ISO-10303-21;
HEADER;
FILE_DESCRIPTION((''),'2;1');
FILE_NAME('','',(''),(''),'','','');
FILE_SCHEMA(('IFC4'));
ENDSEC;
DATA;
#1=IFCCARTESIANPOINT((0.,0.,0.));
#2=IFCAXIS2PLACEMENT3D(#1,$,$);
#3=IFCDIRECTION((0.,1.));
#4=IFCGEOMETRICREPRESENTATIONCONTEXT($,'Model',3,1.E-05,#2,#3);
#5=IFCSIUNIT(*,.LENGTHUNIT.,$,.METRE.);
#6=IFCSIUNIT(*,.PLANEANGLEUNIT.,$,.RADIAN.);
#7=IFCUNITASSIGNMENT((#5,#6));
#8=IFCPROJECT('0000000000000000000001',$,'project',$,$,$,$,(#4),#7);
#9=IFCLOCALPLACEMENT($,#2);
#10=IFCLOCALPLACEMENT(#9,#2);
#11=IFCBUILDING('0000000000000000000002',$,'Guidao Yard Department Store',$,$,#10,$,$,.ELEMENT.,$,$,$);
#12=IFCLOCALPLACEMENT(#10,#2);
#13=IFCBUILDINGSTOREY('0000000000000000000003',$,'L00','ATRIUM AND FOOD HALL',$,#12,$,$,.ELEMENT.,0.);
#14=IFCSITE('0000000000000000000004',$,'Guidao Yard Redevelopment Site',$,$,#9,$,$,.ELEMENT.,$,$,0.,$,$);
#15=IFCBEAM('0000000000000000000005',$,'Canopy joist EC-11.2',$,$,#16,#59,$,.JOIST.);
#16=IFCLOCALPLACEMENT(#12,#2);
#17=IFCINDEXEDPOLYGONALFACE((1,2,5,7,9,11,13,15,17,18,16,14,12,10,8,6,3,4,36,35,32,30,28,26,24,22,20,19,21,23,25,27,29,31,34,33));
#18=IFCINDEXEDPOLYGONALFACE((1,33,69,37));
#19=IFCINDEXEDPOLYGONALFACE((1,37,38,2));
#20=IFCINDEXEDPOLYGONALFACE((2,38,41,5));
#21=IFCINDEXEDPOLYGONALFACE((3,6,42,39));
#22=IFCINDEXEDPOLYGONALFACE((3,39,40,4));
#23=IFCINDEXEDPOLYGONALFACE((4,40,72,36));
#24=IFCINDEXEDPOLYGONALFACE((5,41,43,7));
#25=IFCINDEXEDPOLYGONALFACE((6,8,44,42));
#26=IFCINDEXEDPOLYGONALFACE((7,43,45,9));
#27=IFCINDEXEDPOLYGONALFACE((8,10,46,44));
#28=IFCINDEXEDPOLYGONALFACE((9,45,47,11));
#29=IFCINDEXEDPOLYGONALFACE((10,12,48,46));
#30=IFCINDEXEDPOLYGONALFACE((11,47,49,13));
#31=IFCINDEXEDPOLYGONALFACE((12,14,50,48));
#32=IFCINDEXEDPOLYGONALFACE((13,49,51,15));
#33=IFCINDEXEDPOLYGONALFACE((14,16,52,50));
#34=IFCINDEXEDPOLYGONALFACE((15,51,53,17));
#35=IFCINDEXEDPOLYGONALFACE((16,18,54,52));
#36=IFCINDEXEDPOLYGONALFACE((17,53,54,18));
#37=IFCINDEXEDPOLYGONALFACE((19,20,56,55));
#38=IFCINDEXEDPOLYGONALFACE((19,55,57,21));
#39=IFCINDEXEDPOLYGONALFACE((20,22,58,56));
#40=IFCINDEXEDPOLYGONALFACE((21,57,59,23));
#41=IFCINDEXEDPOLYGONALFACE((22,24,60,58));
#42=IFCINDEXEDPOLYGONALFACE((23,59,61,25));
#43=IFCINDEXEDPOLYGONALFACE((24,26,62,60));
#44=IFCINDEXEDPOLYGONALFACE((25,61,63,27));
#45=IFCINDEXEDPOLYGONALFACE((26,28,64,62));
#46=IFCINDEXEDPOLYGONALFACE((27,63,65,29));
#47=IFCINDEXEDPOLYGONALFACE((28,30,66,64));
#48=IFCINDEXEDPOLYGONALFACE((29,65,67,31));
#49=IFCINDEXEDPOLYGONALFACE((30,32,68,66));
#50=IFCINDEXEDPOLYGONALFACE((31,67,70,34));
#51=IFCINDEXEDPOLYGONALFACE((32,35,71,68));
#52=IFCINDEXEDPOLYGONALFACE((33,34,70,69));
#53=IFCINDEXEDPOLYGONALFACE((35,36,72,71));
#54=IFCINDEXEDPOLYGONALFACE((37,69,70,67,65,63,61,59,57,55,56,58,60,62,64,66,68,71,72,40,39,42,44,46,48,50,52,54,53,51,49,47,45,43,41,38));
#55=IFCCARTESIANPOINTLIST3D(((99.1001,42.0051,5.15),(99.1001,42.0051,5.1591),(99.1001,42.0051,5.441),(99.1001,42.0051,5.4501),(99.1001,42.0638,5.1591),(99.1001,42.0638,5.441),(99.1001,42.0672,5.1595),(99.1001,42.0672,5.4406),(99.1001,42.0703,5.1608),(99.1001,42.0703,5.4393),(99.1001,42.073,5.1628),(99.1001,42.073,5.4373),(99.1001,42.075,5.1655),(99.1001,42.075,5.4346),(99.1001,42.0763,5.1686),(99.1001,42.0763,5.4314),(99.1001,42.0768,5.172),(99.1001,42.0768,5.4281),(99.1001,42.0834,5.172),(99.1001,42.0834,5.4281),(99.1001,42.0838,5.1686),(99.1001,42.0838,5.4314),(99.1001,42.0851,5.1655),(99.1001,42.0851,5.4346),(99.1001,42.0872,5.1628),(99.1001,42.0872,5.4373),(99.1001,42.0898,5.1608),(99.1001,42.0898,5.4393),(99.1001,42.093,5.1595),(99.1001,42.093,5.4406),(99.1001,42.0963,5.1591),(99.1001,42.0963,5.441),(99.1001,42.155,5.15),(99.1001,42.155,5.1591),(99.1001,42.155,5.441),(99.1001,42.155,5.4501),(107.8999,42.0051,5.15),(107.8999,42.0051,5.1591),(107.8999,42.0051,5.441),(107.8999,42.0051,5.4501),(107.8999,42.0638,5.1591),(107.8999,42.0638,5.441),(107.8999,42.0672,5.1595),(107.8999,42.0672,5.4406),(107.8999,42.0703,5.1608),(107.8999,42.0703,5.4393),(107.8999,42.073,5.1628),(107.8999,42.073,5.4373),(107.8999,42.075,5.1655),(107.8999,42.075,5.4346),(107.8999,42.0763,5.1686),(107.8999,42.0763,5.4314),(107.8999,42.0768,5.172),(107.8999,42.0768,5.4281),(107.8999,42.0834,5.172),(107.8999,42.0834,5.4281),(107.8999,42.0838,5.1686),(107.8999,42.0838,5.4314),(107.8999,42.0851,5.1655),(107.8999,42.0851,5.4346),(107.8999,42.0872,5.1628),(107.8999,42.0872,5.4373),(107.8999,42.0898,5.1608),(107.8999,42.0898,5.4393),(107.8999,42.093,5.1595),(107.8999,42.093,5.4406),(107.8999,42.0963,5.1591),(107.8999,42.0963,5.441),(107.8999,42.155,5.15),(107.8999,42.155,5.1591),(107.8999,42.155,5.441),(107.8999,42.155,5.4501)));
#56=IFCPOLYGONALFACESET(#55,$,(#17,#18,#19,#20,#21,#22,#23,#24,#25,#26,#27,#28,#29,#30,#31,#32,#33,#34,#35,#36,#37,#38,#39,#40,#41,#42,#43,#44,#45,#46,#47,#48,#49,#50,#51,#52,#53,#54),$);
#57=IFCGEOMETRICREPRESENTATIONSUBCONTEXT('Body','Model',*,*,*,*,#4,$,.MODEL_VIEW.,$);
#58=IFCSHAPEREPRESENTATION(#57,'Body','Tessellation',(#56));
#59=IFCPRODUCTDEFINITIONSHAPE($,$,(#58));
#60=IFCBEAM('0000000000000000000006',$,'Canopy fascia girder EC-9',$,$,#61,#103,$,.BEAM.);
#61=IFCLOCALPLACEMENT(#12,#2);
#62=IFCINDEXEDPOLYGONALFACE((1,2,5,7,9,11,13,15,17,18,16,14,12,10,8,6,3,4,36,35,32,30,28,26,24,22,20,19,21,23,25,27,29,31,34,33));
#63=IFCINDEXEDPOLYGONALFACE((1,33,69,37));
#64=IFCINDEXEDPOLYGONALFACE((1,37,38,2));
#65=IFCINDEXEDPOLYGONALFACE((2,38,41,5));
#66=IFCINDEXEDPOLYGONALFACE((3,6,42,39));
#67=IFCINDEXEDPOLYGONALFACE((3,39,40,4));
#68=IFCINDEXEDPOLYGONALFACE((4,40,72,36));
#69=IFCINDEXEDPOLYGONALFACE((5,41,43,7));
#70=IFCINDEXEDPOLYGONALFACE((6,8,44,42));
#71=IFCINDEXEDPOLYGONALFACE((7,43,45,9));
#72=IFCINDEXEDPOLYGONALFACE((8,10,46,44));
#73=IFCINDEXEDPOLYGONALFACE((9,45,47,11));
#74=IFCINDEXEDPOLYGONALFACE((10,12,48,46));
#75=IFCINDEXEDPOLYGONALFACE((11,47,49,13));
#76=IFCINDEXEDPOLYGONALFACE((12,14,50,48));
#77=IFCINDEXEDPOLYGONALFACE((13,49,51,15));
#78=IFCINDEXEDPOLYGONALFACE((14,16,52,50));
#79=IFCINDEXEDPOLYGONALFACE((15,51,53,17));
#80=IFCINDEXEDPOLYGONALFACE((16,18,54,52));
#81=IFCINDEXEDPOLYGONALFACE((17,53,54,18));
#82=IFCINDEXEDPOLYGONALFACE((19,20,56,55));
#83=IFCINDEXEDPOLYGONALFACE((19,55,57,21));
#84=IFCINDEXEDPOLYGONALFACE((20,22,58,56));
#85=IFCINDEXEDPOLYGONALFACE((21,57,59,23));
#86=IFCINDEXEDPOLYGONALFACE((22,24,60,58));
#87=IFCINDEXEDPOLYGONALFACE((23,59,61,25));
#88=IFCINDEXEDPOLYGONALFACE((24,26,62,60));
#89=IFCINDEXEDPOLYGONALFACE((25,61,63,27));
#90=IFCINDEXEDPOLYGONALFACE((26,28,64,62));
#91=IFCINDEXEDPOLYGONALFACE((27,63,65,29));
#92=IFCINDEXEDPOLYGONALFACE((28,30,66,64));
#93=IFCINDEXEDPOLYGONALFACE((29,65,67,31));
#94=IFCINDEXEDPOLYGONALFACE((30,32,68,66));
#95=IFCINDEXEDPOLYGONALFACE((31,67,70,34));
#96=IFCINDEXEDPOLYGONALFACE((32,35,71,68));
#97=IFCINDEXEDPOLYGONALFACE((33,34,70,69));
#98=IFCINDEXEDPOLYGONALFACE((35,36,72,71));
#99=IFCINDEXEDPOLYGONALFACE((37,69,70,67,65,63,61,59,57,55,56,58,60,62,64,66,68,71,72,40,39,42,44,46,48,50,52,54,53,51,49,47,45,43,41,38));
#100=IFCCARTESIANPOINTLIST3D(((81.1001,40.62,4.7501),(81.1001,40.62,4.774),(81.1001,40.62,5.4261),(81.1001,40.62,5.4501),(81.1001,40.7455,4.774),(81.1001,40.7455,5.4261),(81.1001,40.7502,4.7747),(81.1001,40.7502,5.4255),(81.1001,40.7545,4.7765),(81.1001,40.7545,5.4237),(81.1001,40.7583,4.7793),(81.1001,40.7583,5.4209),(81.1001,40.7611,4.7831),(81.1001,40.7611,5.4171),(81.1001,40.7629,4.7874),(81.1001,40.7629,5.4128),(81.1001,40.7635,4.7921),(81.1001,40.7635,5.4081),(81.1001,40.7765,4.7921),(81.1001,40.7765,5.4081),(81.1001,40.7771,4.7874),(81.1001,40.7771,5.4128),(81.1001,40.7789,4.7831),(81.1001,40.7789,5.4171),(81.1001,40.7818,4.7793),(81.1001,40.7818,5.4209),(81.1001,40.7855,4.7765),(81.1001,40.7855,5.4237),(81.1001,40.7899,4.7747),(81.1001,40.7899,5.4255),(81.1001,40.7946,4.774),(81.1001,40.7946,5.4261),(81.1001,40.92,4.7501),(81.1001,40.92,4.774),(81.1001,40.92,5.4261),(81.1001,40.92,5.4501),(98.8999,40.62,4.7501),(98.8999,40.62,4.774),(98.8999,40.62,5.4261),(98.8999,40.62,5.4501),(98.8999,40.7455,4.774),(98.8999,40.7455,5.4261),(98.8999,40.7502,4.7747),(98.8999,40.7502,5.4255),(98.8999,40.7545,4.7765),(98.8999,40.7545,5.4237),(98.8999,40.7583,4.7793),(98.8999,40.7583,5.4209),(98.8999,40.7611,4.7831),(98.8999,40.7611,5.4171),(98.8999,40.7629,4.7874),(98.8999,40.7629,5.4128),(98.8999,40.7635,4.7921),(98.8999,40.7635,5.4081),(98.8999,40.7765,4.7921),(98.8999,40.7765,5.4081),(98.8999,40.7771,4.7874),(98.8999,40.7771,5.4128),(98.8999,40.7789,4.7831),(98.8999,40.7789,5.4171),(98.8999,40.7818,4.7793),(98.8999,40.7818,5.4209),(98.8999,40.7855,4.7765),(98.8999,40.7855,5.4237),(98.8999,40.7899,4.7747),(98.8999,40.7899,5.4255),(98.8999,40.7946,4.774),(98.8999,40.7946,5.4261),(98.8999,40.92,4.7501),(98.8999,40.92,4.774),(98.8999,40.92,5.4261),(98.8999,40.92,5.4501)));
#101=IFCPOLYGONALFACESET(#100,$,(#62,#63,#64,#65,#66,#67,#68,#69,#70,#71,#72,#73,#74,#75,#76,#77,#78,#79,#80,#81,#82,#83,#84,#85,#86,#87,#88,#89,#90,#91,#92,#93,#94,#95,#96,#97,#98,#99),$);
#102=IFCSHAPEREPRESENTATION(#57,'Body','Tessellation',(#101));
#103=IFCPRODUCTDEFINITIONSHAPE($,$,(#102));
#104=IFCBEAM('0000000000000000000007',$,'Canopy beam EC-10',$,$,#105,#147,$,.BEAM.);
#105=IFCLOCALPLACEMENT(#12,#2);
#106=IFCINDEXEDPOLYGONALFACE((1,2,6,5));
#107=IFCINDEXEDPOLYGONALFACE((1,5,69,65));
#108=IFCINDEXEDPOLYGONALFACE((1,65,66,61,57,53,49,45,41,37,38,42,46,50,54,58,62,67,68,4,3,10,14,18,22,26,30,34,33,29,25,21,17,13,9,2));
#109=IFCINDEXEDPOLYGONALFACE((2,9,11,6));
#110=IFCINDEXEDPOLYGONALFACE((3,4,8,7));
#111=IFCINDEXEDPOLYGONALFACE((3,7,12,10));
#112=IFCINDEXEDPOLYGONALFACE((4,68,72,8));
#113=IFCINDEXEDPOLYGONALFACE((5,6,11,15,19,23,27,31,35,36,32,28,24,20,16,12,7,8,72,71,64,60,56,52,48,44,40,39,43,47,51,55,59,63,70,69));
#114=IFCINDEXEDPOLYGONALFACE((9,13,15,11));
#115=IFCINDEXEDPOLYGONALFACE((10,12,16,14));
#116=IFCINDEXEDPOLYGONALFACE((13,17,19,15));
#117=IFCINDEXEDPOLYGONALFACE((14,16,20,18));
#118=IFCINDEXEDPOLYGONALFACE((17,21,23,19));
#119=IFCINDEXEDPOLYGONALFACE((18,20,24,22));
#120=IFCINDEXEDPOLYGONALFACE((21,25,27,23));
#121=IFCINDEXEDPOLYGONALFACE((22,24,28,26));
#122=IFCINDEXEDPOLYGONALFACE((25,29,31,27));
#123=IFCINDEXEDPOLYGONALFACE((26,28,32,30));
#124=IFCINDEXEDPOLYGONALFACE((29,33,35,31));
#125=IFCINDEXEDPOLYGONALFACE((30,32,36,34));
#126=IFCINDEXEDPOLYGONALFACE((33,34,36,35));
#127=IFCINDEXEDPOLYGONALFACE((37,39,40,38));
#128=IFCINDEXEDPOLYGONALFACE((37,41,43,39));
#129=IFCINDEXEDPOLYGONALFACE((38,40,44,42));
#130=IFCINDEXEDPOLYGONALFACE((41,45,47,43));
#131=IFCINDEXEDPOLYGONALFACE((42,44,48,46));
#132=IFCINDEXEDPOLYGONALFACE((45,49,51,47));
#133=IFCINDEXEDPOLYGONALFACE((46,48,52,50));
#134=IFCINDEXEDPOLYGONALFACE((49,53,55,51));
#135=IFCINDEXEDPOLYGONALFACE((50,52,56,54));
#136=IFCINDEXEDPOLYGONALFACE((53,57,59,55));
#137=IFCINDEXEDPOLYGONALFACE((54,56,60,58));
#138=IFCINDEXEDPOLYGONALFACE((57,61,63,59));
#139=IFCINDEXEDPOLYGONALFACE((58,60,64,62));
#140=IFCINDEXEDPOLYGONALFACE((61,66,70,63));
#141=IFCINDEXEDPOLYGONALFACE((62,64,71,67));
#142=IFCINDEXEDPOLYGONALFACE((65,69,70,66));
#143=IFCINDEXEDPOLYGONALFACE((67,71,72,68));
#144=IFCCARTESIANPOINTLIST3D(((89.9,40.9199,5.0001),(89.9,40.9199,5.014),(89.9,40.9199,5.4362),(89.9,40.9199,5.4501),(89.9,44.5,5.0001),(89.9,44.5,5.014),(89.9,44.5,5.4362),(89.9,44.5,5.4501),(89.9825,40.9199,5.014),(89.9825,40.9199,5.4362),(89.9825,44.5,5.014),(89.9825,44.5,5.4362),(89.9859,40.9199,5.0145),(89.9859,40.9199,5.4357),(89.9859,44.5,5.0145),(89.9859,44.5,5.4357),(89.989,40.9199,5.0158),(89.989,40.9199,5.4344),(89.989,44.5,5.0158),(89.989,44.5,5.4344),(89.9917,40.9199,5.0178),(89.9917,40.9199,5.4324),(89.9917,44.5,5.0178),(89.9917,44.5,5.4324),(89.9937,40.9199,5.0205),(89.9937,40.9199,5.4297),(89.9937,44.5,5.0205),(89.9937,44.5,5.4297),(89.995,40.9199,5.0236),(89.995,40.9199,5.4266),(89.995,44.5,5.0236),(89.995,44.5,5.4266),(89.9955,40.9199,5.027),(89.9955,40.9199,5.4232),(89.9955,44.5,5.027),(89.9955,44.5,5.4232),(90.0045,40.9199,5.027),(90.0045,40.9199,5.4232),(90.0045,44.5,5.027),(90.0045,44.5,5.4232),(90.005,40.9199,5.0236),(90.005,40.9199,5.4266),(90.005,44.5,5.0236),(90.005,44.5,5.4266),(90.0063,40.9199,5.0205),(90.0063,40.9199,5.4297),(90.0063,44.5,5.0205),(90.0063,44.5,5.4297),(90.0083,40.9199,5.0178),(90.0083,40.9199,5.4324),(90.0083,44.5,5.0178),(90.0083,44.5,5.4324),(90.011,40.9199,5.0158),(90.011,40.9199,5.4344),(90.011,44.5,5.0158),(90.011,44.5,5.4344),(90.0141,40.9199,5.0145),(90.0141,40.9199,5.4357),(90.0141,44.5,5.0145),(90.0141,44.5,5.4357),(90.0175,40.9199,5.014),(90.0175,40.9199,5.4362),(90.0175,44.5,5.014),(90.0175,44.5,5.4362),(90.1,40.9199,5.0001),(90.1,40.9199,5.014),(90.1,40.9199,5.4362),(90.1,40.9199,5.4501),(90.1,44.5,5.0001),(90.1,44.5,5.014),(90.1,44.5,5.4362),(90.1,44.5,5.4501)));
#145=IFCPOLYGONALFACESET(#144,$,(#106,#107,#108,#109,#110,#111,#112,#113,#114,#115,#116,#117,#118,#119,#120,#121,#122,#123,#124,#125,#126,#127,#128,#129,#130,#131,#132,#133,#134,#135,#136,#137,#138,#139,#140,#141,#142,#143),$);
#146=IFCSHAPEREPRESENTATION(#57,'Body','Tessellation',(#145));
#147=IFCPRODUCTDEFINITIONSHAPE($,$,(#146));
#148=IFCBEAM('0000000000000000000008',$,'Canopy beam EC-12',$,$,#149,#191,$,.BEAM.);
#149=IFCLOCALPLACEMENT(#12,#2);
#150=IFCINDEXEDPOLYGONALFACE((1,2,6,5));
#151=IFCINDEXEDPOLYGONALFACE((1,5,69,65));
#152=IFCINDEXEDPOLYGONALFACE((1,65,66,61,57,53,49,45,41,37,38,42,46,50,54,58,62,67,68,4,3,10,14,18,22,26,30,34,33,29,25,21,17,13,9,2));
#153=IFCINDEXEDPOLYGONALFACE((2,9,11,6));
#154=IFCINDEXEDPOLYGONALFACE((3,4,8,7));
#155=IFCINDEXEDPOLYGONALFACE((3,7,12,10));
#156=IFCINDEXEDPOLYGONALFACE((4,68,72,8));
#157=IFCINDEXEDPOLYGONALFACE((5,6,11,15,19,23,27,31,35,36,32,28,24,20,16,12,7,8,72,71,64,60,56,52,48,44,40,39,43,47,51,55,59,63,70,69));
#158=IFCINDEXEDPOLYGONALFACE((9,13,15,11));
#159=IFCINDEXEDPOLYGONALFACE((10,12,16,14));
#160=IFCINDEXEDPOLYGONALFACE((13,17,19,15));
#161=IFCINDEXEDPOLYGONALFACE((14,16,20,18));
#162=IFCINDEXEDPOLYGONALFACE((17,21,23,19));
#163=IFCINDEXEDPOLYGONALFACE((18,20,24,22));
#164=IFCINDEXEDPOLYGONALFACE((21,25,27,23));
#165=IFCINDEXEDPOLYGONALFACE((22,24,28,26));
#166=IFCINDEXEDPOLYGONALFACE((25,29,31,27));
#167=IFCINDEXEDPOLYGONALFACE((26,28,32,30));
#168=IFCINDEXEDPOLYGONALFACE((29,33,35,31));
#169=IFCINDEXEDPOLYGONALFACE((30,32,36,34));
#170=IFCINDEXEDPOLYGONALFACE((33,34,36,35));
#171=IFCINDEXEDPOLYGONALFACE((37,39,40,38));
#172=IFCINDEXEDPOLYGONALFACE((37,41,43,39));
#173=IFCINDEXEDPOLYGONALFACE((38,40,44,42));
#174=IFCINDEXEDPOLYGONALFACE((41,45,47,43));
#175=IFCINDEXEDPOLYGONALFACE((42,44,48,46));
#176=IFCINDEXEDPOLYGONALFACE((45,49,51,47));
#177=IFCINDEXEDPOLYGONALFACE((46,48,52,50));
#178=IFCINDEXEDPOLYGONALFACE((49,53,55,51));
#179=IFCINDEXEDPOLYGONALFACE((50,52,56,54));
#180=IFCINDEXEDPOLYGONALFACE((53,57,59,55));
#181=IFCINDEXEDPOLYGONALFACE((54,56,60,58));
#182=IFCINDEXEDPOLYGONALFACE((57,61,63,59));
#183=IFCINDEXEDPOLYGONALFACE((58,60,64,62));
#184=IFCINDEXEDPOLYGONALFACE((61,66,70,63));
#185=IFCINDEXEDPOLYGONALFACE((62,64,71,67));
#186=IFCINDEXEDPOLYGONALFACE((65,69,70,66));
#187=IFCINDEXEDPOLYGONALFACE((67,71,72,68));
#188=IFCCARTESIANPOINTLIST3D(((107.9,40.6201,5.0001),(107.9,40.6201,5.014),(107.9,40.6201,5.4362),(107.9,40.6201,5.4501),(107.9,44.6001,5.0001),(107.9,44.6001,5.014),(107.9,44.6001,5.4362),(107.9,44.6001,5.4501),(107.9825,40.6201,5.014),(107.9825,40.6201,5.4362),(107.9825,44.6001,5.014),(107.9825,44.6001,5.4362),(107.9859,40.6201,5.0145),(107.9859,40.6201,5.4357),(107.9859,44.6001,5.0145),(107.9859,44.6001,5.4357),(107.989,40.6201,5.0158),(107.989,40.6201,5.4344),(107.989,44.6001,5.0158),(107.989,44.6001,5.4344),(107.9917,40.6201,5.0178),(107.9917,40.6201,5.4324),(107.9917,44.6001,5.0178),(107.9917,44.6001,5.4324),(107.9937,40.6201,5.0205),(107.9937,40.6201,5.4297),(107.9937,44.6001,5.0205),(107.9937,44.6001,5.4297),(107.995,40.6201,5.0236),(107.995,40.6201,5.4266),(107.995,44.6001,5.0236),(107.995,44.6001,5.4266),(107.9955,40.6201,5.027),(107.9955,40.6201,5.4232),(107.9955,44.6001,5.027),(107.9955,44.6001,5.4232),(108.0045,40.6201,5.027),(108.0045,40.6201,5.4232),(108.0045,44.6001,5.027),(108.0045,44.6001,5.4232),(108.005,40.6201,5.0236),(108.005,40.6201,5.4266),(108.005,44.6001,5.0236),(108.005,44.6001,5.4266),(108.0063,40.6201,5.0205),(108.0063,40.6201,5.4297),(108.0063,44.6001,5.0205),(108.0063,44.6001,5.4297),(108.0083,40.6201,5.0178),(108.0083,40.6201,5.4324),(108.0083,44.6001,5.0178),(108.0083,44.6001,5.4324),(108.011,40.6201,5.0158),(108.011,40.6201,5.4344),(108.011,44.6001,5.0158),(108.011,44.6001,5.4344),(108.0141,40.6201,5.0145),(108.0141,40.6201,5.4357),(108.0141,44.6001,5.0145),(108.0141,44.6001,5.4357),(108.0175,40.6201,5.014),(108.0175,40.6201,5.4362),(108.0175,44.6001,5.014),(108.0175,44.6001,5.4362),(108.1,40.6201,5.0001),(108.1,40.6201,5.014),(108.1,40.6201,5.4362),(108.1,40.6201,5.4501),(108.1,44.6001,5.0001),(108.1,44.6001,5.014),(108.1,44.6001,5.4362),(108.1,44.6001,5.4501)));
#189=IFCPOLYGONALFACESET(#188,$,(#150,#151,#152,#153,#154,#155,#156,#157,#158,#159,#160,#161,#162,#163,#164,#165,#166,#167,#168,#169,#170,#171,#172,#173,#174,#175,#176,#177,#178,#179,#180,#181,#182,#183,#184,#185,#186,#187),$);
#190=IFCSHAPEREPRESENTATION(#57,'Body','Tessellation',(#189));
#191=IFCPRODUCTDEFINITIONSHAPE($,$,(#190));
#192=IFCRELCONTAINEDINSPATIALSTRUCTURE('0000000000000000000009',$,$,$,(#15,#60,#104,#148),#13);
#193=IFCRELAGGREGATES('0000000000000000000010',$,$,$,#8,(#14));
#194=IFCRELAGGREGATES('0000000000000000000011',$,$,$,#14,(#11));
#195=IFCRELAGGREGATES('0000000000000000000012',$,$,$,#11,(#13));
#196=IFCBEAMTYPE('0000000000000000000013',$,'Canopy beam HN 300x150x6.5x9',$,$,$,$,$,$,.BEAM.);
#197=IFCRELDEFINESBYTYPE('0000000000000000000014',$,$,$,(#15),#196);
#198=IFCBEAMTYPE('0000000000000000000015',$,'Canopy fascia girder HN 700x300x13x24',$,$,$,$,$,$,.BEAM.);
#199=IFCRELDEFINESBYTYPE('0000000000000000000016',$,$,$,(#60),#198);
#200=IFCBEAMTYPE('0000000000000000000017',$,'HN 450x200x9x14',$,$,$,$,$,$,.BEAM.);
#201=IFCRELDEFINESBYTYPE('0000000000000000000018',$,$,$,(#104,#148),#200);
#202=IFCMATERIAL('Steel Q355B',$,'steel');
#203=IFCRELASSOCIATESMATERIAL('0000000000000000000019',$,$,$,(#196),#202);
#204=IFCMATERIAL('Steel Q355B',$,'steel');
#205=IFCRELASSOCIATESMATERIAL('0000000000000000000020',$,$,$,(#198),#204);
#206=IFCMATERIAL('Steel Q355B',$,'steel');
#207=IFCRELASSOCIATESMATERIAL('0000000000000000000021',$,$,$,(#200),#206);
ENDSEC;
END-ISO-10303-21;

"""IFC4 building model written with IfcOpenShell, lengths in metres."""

from ifc_helpers import new_model, si_unit, direction, frame, origin, origin_2d, place, context, subcontext, project, spatial, i_section, extrude, material, material_profile, profile_set, type_object, element, save


model = new_model("IFC4")

# Units and contexts
model_context = context("Model", 3, precision=1e-05, world=origin(), true_north=direction((0.0, 1.0)))
body_context = subcontext(model_context, "Body", "Model", "MODEL_VIEW")
ifc_project = project(units=[si_unit("LENGTHUNIT", "METRE"), si_unit("PLANEANGLEUNIT", "RADIAN")], contexts=[model_context])

# Site, building, storey
site_placement = place(None, origin())
site = spatial("IfcSite", under=ifc_project, at=site_placement, Name="Guidao Yard Redevelopment Site", CompositionType="ELEMENT", RefElevation=0.0)
building_placement = place(site_placement, origin())
building = spatial("IfcBuilding", under=site, at=building_placement, Name="Guidao Yard Department Store", CompositionType="ELEMENT")
storey_placement = place(building_placement, origin())
storey = spatial("IfcBuildingStorey", under=building, at=storey_placement, Name="L00", Description="ATRIUM AND FOOD HALL", CompositionType="ELEMENT", Elevation=0.0)

# Beams
ifc_material_1 = material(Name="Steel Q355B", Category="steel")
ifc_material_profile_1 = material_profile(ifc_material_1, i_section(OverallWidth=0.1499, OverallDepth=0.3, WebThickness=0.0066, FlangeThickness=0.009, FilletRadius=0.0129, at=origin_2d()), Name="HN 300x150x6.5x9")
ifc_profile_set_1 = profile_set([ifc_material_profile_1], Name="Steel Q355B")
beam_type_1 = type_object("IfcBeamType", Name="Canopy beam HN 300x150x6.5x9", PredefinedType="BEAM", material=ifc_profile_set_1)
for number, where, z_axis, x_axis, name in (
    (1, (99.1001, 42.0801, 5.3), (1.0, 0.0, 0.0), (0.0, 1.0, 0.0), "Canopy joist EC-11.2"),
):
    element("IfcBeam", number, at=place(storey_placement, frame(where, z_axis=z_axis, x_axis=x_axis)), inside=storey, type_object=beam_type_1, Name=name, PredefinedType="JOIST", context=body_context, shape_type="SweptSolid", body=[
        extrude(i_section(OverallWidth=0.1499, OverallDepth=0.3, WebThickness=0.0066, FlangeThickness=0.009, FilletRadius=0.0129, at=origin_2d()), origin(), (0.0, 0.0, 1.0), 8.7998),
    ])
ifc_material_2 = material(Name="Steel Q355B", Category="steel")
ifc_material_profile_2 = material_profile(ifc_material_2, i_section(OverallWidth=0.3, OverallDepth=0.7, WebThickness=0.0129, FlangeThickness=0.0239, FilletRadius=0.0181, at=origin_2d()), Name="HN 700x300x13x24")
ifc_profile_set_2 = profile_set([ifc_material_profile_2], Name="Steel Q355B")
beam_type_2 = type_object("IfcBeamType", Name="Canopy fascia girder HN 700x300x13x24", PredefinedType="BEAM", material=ifc_profile_set_2)
beam_1_placement = place(storey_placement, frame((81.1001, 40.77, 5.1001), z_axis=(1.0, 0.0, 0.0), x_axis=(0.0, 1.0, 0.0)))
element("IfcBeam", 2, at=beam_1_placement, inside=storey, type_object=beam_type_2, Name="Canopy fascia girder EC-9", PredefinedType="BEAM", context=body_context, shape_type="SweptSolid", body=[
    extrude(i_section(OverallWidth=0.3, OverallDepth=0.7, WebThickness=0.0129, FlangeThickness=0.0239, FilletRadius=0.0181, at=origin_2d()), origin(), (0.0, 0.0, 1.0), 17.7998),
])
ifc_material_3 = material(Name="Steel Q355B", Category="steel")
ifc_material_profile_3 = material_profile(ifc_material_3, i_section(OverallWidth=0.2, OverallDepth=0.45, WebThickness=0.009, FlangeThickness=0.0139, FilletRadius=0.0129, at=origin_2d()), Name="HN 450x200x9x14")
ifc_profile_set_3 = profile_set([ifc_material_profile_3], Name="Steel Q355B")
beam_type_3 = type_object("IfcBeamType", Name="HN 450x200x9x14", PredefinedType="BEAM", material=ifc_profile_set_3)
beam_2_placement = place(storey_placement, frame((90.0, 40.9199, 5.2251), z_axis=(0.0, 1.0, 0.0), x_axis=(-1.0, 0.0, 0.0)))
element("IfcBeam", 3, at=beam_2_placement, inside=storey, type_object=beam_type_3, Name="Canopy beam EC-10", PredefinedType="BEAM", context=body_context, shape_type="SweptSolid", body=[
    extrude(i_section(OverallWidth=0.2, OverallDepth=0.45, WebThickness=0.009, FlangeThickness=0.0139, FilletRadius=0.0129, at=origin_2d()), origin(), (0.0, 0.0, 1.0), 3.5801),
])
beam_3_placement = place(storey_placement, frame((108.0, 40.6201, 5.2251), z_axis=(0.0, 1.0, 0.0), x_axis=(-1.0, 0.0, 0.0)))
element("IfcBeam", 4, at=beam_3_placement, inside=storey, type_object=beam_type_3, Name="Canopy beam EC-12", PredefinedType="BEAM", context=body_context, shape_type="SweptSolid", body=[
    extrude(i_section(OverallWidth=0.2, OverallDepth=0.45, WebThickness=0.009, FlangeThickness=0.0139, FilletRadius=0.0129, at=origin_2d()), origin(), (0.0, 0.0, 1.0), 3.98),
])

save(model, "model.ifc")
